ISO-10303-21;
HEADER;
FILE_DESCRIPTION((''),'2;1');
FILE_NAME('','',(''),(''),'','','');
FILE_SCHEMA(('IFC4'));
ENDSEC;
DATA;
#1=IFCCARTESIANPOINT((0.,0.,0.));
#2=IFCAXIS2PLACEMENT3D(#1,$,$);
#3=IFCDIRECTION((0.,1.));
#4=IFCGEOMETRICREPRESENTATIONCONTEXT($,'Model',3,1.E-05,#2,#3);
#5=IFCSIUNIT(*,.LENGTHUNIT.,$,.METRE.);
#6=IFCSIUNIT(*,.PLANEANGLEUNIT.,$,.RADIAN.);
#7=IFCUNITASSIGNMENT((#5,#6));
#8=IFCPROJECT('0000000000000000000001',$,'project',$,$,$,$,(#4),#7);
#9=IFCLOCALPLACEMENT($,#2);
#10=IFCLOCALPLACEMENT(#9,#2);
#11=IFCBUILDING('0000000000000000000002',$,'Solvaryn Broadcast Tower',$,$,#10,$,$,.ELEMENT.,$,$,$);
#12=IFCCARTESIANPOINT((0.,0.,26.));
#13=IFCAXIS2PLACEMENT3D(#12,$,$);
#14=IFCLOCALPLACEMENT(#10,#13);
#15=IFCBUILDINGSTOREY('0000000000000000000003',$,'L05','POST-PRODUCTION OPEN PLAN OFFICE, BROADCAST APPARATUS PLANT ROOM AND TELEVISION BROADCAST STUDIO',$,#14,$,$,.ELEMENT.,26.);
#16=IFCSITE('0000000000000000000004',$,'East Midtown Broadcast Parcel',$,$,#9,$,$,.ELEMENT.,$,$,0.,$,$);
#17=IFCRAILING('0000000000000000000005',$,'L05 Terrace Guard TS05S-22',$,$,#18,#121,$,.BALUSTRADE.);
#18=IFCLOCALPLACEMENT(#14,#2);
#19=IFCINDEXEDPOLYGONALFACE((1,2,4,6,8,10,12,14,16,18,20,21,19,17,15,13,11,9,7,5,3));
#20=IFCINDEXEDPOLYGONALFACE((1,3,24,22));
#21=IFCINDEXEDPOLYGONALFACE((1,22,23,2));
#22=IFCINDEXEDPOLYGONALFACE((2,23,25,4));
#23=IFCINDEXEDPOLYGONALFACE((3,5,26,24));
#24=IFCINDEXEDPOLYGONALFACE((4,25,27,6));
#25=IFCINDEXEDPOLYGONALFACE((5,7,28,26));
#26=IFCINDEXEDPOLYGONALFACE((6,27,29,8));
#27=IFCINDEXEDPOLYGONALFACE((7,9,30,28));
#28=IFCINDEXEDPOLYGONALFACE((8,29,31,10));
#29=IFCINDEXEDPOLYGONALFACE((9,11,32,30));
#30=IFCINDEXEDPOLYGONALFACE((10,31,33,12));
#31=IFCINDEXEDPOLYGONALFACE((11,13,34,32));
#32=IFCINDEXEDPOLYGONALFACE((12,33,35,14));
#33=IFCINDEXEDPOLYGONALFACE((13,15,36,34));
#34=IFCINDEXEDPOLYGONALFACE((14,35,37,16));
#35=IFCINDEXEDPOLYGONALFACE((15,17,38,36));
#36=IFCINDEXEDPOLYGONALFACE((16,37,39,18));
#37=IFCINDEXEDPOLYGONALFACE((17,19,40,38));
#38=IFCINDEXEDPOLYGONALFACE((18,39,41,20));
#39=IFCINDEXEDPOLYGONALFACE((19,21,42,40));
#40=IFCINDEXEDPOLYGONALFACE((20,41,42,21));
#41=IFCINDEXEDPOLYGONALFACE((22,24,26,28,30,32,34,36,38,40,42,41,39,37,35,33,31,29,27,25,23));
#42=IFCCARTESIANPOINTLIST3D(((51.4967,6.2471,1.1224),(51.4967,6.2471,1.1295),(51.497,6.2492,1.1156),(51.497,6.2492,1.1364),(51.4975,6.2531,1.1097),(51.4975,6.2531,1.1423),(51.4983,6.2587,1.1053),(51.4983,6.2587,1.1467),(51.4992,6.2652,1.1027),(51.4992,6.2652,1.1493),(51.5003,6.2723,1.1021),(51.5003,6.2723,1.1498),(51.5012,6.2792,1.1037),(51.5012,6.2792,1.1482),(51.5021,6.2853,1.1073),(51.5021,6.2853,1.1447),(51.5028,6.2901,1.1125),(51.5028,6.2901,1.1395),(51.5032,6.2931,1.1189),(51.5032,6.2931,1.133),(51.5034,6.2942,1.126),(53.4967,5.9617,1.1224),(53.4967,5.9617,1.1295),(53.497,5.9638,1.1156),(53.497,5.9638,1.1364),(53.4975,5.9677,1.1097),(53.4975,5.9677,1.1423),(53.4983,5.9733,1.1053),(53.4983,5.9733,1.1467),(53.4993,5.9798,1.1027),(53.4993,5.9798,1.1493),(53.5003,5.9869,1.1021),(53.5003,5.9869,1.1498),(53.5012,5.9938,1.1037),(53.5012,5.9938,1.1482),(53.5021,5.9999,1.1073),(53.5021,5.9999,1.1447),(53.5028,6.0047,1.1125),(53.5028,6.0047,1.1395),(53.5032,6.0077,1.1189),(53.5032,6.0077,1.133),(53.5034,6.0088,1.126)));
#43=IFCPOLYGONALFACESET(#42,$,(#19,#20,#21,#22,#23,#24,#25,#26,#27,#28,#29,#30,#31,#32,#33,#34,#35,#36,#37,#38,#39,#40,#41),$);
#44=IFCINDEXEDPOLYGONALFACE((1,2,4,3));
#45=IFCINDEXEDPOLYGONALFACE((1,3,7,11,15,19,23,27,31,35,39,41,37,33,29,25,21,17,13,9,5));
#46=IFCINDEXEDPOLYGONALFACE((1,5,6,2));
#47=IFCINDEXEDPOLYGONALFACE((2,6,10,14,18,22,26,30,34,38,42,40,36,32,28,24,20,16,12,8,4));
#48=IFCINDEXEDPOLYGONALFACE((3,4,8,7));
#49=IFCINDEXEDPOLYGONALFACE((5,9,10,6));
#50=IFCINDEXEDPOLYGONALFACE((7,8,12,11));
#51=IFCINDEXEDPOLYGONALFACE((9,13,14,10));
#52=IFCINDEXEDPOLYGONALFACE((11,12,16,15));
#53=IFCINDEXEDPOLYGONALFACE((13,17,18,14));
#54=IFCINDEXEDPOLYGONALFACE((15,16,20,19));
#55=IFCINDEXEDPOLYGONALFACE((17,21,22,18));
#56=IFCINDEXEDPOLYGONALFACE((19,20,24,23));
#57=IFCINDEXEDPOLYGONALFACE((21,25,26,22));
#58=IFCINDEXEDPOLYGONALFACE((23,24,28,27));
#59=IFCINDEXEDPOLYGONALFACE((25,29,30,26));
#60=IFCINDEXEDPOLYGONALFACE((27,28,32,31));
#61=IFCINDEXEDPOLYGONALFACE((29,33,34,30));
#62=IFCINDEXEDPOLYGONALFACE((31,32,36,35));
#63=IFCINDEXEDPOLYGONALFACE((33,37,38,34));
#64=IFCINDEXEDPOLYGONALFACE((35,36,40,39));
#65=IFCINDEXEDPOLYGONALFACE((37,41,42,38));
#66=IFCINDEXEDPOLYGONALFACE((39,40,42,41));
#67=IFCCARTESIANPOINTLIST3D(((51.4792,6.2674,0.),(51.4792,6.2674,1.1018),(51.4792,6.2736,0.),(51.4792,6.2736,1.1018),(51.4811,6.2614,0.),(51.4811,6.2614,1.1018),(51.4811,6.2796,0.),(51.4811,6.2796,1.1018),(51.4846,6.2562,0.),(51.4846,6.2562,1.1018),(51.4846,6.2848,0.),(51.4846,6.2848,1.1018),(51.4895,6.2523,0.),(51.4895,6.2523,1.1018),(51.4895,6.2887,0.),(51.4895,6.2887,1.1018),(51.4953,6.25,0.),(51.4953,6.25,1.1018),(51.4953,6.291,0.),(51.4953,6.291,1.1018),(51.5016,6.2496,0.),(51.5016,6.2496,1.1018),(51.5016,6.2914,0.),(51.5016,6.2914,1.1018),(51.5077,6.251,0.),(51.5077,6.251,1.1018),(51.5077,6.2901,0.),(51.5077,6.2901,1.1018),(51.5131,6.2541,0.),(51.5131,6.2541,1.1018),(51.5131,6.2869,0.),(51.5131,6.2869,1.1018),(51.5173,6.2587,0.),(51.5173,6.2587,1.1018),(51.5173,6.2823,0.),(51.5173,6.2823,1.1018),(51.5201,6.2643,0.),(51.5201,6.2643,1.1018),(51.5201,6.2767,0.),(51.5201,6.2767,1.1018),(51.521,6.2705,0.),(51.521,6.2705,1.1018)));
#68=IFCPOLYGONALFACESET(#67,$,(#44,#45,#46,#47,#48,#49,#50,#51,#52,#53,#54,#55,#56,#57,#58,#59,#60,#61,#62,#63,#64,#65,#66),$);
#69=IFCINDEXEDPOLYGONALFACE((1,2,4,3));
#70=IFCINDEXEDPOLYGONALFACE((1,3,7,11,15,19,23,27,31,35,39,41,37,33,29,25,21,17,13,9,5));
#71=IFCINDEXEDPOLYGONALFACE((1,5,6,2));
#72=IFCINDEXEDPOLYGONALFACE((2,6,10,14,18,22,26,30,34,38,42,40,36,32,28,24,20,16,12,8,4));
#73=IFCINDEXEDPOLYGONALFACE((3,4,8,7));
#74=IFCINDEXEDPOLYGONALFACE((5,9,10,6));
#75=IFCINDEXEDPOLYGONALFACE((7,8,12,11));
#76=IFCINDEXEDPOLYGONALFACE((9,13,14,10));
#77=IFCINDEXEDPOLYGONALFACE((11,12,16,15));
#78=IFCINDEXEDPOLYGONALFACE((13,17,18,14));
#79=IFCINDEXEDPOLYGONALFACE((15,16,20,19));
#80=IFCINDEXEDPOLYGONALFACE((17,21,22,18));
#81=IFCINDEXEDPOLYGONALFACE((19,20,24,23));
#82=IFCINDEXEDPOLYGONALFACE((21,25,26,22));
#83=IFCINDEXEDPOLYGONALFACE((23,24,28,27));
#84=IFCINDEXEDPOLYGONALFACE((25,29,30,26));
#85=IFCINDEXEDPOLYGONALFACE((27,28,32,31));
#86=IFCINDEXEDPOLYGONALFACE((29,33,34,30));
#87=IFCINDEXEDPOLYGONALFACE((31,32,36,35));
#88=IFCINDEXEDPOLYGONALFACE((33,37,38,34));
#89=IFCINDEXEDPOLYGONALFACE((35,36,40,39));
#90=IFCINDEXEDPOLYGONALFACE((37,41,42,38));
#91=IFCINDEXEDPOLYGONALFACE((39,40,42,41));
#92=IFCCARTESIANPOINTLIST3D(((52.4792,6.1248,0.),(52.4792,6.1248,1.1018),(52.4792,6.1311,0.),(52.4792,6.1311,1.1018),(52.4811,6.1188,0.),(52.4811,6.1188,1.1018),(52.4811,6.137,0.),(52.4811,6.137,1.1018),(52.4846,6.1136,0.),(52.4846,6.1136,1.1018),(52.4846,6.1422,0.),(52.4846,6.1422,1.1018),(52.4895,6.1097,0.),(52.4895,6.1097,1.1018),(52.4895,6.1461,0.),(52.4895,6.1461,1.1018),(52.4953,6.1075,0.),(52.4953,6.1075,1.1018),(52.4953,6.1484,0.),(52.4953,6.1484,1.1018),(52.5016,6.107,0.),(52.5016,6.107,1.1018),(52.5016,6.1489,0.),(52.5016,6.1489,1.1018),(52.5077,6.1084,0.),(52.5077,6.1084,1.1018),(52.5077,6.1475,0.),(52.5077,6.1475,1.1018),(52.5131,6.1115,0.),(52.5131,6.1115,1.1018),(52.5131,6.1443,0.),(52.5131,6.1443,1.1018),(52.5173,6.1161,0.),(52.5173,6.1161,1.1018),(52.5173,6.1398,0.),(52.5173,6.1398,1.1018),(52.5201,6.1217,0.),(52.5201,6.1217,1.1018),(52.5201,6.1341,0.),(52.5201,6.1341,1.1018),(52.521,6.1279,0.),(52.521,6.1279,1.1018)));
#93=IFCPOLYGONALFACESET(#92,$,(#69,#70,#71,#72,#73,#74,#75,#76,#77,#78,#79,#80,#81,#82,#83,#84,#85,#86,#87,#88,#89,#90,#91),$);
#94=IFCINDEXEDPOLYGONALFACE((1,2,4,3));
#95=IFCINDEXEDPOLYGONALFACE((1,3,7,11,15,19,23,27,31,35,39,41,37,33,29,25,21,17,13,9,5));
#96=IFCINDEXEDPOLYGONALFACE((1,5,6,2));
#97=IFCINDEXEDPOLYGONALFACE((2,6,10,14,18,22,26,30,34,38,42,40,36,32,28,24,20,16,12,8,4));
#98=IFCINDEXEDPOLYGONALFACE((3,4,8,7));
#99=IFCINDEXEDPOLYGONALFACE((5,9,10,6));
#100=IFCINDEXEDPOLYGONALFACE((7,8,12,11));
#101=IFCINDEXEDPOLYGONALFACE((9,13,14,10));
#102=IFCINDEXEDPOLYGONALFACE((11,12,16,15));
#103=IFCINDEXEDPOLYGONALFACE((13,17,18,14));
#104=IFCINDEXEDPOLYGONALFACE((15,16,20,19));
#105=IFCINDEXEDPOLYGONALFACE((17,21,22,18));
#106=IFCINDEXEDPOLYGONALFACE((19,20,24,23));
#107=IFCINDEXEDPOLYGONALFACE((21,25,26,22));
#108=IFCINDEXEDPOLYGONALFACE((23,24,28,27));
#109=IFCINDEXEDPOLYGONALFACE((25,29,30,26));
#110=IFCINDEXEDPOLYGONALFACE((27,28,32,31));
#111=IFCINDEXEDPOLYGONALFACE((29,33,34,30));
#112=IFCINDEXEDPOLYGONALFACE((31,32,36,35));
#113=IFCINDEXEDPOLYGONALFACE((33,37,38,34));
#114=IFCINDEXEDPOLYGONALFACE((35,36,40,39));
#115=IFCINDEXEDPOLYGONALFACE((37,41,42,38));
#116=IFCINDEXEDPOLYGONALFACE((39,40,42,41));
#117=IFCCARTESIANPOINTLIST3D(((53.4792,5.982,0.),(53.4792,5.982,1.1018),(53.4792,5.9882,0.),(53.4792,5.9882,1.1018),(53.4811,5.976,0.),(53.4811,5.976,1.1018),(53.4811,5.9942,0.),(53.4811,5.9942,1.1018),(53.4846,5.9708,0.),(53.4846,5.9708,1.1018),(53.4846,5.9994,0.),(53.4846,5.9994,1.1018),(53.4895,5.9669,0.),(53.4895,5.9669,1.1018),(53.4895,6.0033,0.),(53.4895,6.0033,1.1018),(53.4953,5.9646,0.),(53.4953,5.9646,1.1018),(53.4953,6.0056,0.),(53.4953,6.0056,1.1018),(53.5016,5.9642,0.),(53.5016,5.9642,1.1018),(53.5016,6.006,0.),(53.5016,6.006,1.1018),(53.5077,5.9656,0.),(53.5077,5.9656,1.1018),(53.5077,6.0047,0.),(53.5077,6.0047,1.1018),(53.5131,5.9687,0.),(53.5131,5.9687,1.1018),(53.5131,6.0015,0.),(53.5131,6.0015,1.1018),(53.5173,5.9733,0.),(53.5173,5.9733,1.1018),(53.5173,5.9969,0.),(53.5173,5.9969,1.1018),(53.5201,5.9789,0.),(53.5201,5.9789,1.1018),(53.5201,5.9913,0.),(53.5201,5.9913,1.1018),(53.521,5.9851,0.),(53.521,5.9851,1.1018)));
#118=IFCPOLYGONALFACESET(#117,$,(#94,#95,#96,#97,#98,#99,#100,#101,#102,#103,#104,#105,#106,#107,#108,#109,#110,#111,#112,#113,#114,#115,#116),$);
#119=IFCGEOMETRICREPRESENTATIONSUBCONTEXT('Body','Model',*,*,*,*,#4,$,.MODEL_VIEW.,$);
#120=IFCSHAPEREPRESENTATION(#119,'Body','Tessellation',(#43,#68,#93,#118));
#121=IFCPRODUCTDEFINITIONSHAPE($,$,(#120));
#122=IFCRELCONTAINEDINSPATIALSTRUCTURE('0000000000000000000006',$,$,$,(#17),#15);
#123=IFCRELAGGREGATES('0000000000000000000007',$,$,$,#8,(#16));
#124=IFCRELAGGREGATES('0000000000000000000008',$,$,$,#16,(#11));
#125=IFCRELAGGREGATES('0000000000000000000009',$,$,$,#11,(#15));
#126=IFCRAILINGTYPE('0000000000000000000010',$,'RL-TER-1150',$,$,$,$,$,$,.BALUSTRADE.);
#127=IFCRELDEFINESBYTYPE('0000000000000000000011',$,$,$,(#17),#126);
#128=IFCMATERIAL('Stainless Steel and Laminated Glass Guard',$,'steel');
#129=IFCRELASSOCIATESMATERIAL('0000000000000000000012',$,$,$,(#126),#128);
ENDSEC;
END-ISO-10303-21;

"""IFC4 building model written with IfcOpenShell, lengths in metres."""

from ifc_helpers import new_model, si_unit, direction, frame, origin, origin_2d, place, context, subcontext, project, spatial, circle, extrude, material, type_object, element, save


model = new_model("IFC4")

# Units and contexts
model_context = context("Model", 3, precision=1e-05, world=origin(), true_north=direction((0.0, 1.0)))
body_context = subcontext(model_context, "Body", "Model", "MODEL_VIEW")
ifc_project = project(units=[si_unit("LENGTHUNIT", "METRE"), si_unit("PLANEANGLEUNIT", "RADIAN")], contexts=[model_context])

# Site, building, storey
site_placement = place(None, origin())
site = spatial("IfcSite", under=ifc_project, at=site_placement, Name="East Midtown Broadcast Parcel", CompositionType="ELEMENT", RefElevation=0.0)
building_placement = place(site_placement, origin())
building = spatial("IfcBuilding", under=site, at=building_placement, Name="Solvaryn Broadcast Tower", CompositionType="ELEMENT")
storey_placement = place(building_placement, frame((0.0, 0.0, 26.0)))
storey = spatial("IfcBuildingStorey", under=building, at=storey_placement, Name="L05", Description="POST-PRODUCTION OPEN PLAN OFFICE, BROADCAST APPARATUS PLANT ROOM AND TELEVISION BROADCAST STUDIO", CompositionType="ELEMENT", Elevation=26.0)

# Railing
ifc_material_1 = material(Name="Stainless Steel and Laminated Glass Guard", Category="steel")
railing_type = type_object("IfcRailingType", Name="RL-TER-1150", PredefinedType="BALUSTRADE", material=ifc_material_1)
railing_1_placement = place(storey_placement, frame((51.5, 6.2705, 0.0)))
element("IfcRailing", 1, at=railing_1_placement, inside=storey, type_object=railing_type, Name="L05 Terrace Guard TS05S-22", PredefinedType="BALUSTRADE", context=body_context, shape_type="SweptSolid", body=[
    extrude(circle(Radius=0.0239, at=origin_2d()), frame((0.0, 0.0, 1.126), z_axis=(0.989971, -0.141269, 0.0), x_axis=(0.141269, 0.989971, 0.0)), (0.0, 0.0, 1.0), 2.0203),
    extrude(circle(Radius=0.021, at=origin_2d()), origin(), (0.0, 0.0, 1.0), 1.1018),
    extrude(circle(Radius=0.021, at=origin_2d()), frame((1.0, -0.1426, 0.0)), (0.0, 0.0, 1.0), 1.1018),
    extrude(circle(Radius=0.021, at=origin_2d()), frame((2.0, -0.2854, 0.0)), (0.0, 0.0, 1.0), 1.1018),
])

save(model, "model.ifc")
